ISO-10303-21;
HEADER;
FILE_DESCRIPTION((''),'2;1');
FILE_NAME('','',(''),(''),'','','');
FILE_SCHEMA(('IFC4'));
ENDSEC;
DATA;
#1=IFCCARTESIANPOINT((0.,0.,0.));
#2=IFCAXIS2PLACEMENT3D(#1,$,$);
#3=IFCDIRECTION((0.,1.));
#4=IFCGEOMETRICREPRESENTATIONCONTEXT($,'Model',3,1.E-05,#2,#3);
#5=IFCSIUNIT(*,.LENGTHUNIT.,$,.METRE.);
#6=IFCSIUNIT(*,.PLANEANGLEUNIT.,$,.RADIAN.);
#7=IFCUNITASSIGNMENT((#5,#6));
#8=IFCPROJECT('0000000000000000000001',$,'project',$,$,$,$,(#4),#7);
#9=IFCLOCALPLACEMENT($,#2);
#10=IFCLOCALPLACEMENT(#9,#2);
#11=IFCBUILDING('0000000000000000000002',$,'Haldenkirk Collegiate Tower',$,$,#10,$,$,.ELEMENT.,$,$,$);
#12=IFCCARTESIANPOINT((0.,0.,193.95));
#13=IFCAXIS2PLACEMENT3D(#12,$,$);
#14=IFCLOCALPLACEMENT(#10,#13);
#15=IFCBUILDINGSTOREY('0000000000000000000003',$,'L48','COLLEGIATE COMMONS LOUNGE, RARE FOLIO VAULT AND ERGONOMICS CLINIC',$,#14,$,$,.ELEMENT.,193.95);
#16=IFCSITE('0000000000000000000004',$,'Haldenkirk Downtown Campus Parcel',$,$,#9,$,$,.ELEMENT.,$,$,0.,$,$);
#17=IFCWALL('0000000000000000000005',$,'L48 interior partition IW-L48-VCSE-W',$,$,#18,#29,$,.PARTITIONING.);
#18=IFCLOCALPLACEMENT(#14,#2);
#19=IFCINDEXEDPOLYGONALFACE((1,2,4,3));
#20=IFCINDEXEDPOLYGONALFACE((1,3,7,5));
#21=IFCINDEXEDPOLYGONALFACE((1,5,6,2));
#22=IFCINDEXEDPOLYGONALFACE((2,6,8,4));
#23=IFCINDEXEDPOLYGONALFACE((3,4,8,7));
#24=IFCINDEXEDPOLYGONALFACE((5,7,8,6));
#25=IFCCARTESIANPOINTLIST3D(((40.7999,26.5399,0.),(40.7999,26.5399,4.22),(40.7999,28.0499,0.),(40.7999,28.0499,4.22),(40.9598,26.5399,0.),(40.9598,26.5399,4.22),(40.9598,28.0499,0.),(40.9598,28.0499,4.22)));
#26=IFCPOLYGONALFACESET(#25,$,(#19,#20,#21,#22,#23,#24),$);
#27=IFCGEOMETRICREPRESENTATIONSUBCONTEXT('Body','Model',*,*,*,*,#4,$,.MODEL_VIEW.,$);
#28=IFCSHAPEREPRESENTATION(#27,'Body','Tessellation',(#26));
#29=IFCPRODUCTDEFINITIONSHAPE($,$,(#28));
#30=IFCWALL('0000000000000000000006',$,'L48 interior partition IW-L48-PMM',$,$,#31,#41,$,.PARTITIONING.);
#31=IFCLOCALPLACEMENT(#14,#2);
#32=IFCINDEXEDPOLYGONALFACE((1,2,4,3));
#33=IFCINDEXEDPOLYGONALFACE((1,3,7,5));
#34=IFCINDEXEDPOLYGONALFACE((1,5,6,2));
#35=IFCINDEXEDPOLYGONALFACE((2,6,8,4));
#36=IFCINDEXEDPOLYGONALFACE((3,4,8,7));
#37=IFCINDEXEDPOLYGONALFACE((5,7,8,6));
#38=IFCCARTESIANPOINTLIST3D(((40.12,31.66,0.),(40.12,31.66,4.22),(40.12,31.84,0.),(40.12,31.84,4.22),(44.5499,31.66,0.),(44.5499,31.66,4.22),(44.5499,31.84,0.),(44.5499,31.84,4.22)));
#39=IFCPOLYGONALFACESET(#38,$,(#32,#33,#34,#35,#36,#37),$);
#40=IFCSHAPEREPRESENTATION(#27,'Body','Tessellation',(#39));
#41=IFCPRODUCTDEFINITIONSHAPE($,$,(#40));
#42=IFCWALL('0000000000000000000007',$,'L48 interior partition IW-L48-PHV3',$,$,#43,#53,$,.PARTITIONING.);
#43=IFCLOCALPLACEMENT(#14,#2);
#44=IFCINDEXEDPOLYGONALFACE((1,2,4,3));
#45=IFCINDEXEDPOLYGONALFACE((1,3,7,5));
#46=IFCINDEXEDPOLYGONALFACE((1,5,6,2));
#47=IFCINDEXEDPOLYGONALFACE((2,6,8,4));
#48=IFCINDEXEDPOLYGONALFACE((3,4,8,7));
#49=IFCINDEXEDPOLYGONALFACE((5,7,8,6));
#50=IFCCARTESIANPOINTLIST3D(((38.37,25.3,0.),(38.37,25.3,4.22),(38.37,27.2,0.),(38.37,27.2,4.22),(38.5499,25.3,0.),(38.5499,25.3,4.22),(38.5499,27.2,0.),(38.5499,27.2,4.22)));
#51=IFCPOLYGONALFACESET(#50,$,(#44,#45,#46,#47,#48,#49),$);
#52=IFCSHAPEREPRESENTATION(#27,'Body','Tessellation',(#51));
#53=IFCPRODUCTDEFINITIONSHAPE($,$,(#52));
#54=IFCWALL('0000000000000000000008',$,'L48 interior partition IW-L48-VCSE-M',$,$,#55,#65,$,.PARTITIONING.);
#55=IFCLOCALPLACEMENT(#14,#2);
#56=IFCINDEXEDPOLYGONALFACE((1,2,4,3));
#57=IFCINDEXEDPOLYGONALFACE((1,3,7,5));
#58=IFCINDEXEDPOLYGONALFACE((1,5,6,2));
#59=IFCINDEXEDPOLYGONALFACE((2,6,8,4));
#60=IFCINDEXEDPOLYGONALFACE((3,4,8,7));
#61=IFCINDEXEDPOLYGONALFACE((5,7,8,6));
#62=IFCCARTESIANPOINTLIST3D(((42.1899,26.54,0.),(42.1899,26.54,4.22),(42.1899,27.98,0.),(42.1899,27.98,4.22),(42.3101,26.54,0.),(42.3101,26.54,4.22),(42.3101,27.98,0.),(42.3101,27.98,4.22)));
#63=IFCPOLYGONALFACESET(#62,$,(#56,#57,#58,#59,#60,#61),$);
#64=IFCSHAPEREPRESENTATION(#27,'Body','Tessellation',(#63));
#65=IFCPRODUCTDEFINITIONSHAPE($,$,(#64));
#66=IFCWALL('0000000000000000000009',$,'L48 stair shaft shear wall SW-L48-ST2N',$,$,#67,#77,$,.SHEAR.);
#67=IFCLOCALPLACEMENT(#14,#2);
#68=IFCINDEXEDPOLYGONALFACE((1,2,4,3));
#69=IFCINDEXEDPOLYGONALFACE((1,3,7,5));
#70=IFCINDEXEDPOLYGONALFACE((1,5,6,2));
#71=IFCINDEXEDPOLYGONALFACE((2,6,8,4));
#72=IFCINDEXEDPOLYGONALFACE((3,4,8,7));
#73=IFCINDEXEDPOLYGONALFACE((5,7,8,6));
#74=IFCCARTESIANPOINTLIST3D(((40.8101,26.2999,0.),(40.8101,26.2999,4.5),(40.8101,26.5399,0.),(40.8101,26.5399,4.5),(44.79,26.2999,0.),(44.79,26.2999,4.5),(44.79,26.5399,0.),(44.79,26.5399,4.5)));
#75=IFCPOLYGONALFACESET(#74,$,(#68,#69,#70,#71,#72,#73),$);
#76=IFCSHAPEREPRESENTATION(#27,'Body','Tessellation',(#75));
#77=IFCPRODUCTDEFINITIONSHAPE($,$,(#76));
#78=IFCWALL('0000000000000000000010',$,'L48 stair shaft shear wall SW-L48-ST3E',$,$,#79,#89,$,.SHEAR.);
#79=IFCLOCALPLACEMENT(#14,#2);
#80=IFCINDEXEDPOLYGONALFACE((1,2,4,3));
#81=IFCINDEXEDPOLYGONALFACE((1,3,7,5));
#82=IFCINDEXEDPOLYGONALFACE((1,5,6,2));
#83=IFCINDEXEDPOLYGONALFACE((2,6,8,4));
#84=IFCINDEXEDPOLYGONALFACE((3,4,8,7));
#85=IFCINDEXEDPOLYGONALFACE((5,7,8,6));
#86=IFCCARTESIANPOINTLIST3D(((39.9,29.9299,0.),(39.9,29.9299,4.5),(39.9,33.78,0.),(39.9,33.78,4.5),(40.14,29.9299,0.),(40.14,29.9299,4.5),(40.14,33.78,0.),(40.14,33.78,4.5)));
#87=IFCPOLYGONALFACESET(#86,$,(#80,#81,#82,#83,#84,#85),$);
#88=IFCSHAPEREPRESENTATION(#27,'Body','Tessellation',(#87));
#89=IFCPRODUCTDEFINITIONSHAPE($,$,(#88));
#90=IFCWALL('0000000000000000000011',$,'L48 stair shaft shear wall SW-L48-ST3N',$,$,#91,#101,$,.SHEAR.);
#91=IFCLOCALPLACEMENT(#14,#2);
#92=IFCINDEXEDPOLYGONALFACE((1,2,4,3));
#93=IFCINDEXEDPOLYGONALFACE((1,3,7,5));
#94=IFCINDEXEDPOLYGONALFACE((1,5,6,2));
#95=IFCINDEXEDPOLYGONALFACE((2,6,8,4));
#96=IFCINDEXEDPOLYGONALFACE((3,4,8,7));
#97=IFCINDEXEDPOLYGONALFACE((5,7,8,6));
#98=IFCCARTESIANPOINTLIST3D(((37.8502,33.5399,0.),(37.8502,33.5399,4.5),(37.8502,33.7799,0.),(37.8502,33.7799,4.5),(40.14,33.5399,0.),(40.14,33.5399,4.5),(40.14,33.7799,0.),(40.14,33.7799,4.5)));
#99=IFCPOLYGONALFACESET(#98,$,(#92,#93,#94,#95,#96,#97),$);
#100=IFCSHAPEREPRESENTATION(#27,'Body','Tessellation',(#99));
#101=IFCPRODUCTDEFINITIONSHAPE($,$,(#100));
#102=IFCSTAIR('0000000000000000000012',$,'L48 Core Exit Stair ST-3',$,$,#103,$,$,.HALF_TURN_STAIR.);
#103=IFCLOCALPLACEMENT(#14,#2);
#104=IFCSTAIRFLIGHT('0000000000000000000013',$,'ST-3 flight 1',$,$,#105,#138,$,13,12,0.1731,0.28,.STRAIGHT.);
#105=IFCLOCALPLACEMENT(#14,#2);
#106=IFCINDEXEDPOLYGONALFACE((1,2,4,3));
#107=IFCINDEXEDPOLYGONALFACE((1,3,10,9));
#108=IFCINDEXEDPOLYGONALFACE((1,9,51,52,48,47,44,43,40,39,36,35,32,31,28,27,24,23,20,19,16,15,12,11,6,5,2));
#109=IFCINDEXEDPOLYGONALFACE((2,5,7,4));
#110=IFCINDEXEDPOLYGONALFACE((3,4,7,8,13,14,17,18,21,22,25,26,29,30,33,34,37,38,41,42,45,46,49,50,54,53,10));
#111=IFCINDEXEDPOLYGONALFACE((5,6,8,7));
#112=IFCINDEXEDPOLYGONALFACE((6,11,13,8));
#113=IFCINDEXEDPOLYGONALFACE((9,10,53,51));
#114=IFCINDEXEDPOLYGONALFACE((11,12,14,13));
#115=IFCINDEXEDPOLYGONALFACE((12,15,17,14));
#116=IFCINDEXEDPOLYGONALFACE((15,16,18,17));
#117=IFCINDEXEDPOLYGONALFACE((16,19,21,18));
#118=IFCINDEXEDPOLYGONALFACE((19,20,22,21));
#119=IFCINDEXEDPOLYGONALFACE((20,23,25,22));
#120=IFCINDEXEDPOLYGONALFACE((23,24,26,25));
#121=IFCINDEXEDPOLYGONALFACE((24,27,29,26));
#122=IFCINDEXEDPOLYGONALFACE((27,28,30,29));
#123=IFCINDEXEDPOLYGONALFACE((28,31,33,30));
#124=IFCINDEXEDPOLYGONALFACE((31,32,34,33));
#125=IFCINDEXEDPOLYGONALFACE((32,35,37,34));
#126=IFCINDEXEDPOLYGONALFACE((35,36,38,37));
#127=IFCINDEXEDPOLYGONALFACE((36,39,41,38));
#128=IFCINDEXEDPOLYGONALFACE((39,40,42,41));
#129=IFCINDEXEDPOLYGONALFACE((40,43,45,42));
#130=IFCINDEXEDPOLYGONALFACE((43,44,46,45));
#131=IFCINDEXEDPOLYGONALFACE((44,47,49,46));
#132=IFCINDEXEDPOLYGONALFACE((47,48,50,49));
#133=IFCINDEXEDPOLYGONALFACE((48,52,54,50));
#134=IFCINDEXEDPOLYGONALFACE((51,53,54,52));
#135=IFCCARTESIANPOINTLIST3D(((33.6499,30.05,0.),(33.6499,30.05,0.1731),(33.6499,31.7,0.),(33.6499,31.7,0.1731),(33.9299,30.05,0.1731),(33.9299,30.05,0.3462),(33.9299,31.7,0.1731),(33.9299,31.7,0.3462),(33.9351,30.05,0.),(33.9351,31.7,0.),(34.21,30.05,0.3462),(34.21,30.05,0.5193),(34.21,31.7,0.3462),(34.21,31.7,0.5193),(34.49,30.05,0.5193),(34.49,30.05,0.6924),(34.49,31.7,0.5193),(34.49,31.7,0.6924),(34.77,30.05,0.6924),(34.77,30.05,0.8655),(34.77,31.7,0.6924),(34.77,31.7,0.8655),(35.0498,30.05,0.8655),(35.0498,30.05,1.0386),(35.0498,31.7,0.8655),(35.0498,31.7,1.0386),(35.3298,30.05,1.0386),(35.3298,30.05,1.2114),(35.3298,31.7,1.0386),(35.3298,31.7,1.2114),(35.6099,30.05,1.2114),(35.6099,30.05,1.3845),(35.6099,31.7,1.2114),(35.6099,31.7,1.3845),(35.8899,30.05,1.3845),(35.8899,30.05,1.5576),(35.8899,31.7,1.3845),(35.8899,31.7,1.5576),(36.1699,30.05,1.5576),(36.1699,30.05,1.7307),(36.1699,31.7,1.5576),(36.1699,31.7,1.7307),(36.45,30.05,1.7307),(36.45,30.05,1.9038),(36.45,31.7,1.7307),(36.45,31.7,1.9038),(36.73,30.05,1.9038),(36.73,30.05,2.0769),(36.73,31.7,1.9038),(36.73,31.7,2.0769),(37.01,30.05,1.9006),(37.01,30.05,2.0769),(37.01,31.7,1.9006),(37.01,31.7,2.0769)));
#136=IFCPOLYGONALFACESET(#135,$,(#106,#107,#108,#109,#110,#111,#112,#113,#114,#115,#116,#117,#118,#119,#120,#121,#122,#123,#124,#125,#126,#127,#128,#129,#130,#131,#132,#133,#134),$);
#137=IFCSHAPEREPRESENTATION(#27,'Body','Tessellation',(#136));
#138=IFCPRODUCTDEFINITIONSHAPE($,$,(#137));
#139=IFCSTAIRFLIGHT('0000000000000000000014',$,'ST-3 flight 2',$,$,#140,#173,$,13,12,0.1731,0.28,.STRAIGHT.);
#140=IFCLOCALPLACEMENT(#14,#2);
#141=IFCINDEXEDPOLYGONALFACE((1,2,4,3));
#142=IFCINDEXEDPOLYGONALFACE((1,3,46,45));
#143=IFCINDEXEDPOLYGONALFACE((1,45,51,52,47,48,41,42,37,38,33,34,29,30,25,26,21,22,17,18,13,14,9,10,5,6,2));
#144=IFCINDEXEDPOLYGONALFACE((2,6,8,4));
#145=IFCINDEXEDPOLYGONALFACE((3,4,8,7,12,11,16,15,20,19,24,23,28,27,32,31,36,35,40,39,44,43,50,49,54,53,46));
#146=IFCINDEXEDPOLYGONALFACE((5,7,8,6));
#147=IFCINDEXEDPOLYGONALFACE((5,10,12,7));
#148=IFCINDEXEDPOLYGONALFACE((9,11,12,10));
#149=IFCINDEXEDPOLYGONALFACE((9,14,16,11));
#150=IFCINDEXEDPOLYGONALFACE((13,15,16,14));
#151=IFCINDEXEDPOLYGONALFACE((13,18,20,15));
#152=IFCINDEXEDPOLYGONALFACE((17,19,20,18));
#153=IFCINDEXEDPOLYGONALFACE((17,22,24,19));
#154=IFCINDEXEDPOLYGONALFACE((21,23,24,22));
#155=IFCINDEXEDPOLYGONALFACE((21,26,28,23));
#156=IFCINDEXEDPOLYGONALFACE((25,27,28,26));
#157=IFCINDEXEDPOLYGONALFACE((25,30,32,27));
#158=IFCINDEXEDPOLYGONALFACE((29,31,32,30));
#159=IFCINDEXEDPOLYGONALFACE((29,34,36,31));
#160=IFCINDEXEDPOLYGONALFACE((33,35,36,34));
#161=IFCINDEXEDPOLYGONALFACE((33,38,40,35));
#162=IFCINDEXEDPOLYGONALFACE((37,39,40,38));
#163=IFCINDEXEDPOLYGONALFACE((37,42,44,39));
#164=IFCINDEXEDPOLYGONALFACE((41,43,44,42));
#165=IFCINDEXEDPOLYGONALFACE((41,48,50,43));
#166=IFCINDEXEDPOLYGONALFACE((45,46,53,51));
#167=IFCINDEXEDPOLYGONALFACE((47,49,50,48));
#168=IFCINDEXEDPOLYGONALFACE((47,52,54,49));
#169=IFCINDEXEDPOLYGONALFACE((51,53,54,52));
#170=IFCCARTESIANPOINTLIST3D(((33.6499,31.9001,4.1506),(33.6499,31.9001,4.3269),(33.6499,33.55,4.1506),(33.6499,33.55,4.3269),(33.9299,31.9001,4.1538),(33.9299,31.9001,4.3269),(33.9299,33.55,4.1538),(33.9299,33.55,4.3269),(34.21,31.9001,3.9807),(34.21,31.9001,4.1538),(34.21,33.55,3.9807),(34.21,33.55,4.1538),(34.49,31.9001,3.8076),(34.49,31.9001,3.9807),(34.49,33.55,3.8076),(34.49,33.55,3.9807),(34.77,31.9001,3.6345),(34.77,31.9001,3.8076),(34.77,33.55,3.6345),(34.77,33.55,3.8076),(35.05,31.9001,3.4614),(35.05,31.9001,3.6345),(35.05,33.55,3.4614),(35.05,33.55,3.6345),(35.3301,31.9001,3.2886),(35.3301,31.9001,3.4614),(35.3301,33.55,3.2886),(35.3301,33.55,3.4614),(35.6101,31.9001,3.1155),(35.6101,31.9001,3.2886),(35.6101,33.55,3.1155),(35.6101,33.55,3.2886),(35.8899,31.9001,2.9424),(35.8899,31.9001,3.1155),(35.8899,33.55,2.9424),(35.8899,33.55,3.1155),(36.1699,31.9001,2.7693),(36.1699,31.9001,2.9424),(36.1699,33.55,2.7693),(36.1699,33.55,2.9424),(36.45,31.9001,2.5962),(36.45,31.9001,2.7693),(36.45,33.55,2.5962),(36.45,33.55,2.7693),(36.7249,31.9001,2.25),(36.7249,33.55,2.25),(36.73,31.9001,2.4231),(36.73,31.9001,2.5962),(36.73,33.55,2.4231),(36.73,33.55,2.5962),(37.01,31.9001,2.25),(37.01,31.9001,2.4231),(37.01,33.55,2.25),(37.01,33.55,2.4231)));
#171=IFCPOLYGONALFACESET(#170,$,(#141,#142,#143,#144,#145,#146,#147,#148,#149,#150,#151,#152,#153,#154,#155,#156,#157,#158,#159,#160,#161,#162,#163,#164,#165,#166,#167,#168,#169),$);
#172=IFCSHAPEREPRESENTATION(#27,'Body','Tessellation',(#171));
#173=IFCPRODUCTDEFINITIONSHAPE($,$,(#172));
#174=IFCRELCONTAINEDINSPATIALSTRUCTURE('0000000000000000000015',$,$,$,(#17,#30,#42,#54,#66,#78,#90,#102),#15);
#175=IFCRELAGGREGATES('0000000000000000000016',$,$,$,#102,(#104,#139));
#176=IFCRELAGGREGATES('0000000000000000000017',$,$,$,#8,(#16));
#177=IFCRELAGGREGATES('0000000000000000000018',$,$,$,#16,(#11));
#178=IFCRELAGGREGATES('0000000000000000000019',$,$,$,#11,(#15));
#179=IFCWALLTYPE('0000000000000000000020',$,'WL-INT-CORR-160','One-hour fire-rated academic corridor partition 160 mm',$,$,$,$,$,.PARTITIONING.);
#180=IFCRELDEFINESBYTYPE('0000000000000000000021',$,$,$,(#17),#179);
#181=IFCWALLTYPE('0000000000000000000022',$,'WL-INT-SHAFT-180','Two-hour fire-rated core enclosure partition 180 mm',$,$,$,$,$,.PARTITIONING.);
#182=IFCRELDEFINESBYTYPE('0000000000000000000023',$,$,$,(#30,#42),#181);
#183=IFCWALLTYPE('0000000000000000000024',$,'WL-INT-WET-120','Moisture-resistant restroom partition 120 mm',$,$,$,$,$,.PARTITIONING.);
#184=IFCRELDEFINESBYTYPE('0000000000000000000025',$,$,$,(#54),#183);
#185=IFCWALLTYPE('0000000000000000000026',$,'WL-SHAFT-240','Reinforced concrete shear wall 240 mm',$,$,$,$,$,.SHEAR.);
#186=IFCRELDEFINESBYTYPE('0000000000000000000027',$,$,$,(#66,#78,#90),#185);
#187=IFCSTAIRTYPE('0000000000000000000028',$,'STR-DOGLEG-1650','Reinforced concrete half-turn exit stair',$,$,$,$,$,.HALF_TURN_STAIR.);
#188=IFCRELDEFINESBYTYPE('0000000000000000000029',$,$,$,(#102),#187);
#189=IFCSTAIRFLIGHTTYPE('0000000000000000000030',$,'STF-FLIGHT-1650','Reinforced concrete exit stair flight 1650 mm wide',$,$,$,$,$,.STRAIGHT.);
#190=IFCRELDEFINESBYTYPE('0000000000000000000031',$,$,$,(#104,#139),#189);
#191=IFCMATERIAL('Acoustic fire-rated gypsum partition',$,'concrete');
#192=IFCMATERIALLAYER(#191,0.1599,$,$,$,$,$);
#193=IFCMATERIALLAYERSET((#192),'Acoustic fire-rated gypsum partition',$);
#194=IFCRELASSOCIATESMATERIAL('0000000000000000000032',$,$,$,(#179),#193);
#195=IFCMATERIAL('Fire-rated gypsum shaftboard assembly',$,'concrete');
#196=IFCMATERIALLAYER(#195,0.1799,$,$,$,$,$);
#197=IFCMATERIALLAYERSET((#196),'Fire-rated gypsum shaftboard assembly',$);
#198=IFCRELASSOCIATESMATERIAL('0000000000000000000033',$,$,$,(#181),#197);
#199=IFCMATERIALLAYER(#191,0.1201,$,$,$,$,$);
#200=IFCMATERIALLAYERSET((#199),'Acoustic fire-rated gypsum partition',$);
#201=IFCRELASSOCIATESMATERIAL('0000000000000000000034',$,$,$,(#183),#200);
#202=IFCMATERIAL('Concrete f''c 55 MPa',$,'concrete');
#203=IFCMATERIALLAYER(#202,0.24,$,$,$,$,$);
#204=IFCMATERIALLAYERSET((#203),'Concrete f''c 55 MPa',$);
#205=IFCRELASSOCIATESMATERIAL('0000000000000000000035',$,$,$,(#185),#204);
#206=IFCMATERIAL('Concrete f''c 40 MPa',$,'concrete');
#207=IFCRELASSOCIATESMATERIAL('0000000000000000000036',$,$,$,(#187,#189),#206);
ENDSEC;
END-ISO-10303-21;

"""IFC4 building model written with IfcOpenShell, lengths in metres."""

from ifc_helpers import new_model, si_unit, direction, frame, frame_2d, origin, place, context, subcontext, project, spatial, polyline, rectangle, outline, extrude, material, layer, layer_set, type_object, element, aggregate, save


model = new_model("IFC4")

# Units and contexts
model_context = context("Model", 3, precision=1e-05, world=origin(), true_north=direction((0.0, 1.0)))
body_context = subcontext(model_context, "Body", "Model", "MODEL_VIEW")
ifc_project = project(units=[si_unit("LENGTHUNIT", "METRE"), si_unit("PLANEANGLEUNIT", "RADIAN")], contexts=[model_context])

# Site, building, storey
site_placement = place(None, origin())
site = spatial("IfcSite", under=ifc_project, at=site_placement, Name="Haldenkirk Downtown Campus Parcel", CompositionType="ELEMENT", RefElevation=0.0)
building_placement = place(site_placement, origin())
building = spatial("IfcBuilding", under=site, at=building_placement, Name="Haldenkirk Collegiate Tower", CompositionType="ELEMENT")
storey_placement = place(building_placement, frame((0.0, 0.0, 193.95)))
storey = spatial("IfcBuildingStorey", under=building, at=storey_placement, Name="L48", Description="COLLEGIATE COMMONS LOUNGE, RARE FOLIO VAULT AND ERGONOMICS CLINIC", CompositionType="ELEMENT", Elevation=193.95)

# Shared definitions
ifc_material_1 = material(Name="Acoustic fire-rated gypsum partition", Category="concrete")
ifc_layer_1 = layer(ifc_material_1, 0.1599)
ifc_layer_set_1 = layer_set([ifc_layer_1], Name="Acoustic fire-rated gypsum partition")
wall_type_1 = type_object("IfcWallType", Name="WL-INT-CORR-160", Description="One-hour fire-rated academic corridor partition 160 mm", PredefinedType="PARTITIONING", material=ifc_layer_set_1)

# Wall
wall_1_placement = place(storey_placement, frame((40.8799, 26.54, 0.0), z_axis=(0.0, 0.0, 1.0), x_axis=(0.0, 1.0, 0.0)))
element("IfcWall", 1, at=wall_1_placement, inside=storey, type_object=wall_type_1, Name="L48 interior partition IW-L48-VCSE-W", PredefinedType="PARTITIONING", context=body_context, shape_type="SweptSolid", body=[
    extrude(rectangle(XDim=1.51, YDim=0.1599, at=frame_2d((0.7549, 0.0))), origin(), (0.0, 0.0, 1.0), 4.22),
])

# Shared definitions
ifc_material_2 = material(Name="Fire-rated gypsum shaftboard assembly", Category="concrete")
ifc_layer_2 = layer(ifc_material_2, 0.1799)
ifc_layer_set_2 = layer_set([ifc_layer_2], Name="Fire-rated gypsum shaftboard assembly")
wall_type_2 = type_object("IfcWallType", Name="WL-INT-SHAFT-180", Description="Two-hour fire-rated core enclosure partition 180 mm", PredefinedType="PARTITIONING", material=ifc_layer_set_2)

# Walls
wall_2_placement = place(storey_placement, frame((40.1201, 31.75, 0.0), z_axis=(0.0, 0.0, 1.0), x_axis=(1.0, 0.0, 0.0)))
element("IfcWall", 2, at=wall_2_placement, inside=storey, type_object=wall_type_2, Name="L48 interior partition IW-L48-PMM", PredefinedType="PARTITIONING", context=body_context, shape_type="SweptSolid", body=[
    extrude(rectangle(XDim=4.4299, YDim=0.1799, at=frame_2d((2.2148, 0.0))), origin(), (0.0, 0.0, 1.0), 4.22),
])
wall_3_placement = place(storey_placement, frame((38.46, 25.3, 0.0), z_axis=(0.0, 0.0, 1.0), x_axis=(0.0, 1.0, 0.0)))
element("IfcWall", 3, at=wall_3_placement, inside=storey, type_object=wall_type_2, Name="L48 interior partition IW-L48-PHV3", PredefinedType="PARTITIONING", context=body_context, shape_type="SweptSolid", body=[
    extrude(rectangle(XDim=1.8999, YDim=0.1799, at=frame_2d((0.95, 0.0))), origin(), (0.0, 0.0, 1.0), 4.22),
])
ifc_layer_3 = layer(ifc_material_1, 0.1201)
ifc_layer_set_3 = layer_set([ifc_layer_3], Name="Acoustic fire-rated gypsum partition")
wall_type_3 = type_object("IfcWallType", Name="WL-INT-WET-120", Description="Moisture-resistant restroom partition 120 mm", PredefinedType="PARTITIONING", material=ifc_layer_set_3)
wall_4_placement = place(storey_placement, frame((42.25, 26.54, 0.0), z_axis=(0.0, 0.0, 1.0), x_axis=(0.0, 1.0, 0.0)))
element("IfcWall", 4, at=wall_4_placement, inside=storey, type_object=wall_type_3, Name="L48 interior partition IW-L48-VCSE-M", PredefinedType="PARTITIONING", context=body_context, shape_type="SweptSolid", body=[
    extrude(rectangle(XDim=1.4399, YDim=0.1201, at=frame_2d((0.72, 0.0))), origin(), (0.0, 0.0, 1.0), 4.22),
])
ifc_material_3 = material(Name="Concrete f'c 55 MPa", Category="concrete")
ifc_layer_4 = layer(ifc_material_3, 0.24)
ifc_layer_set_4 = layer_set([ifc_layer_4], Name="Concrete f'c 55 MPa")
wall_type_4 = type_object("IfcWallType", Name="WL-SHAFT-240", Description="Reinforced concrete shear wall 240 mm", PredefinedType="SHEAR", material=ifc_layer_set_4)
wall_5_placement = place(storey_placement, frame((40.8101, 26.4199, 0.0), z_axis=(0.0, 0.0, 1.0), x_axis=(1.0, 0.0, 0.0)))
element("IfcWall", 5, at=wall_5_placement, inside=storey, type_object=wall_type_4, Name="L48 stair shaft shear wall SW-L48-ST2N", PredefinedType="SHEAR", context=body_context, shape_type="SweptSolid", body=[
    extrude(rectangle(XDim=3.98, YDim=0.24, at=frame_2d((1.99, 0.0))), origin(), (0.0, 0.0, 1.0), 4.5),
])
wall_6_placement = place(storey_placement, frame((40.02, 29.9299, 0.0), z_axis=(0.0, 0.0, 1.0), x_axis=(0.0, 1.0, 0.0)))
element("IfcWall", 6, at=wall_6_placement, inside=storey, type_object=wall_type_4, Name="L48 stair shaft shear wall SW-L48-ST3E", PredefinedType="SHEAR", context=body_context, shape_type="SweptSolid", body=[
    extrude(rectangle(XDim=3.8501, YDim=0.24, at=frame_2d((1.925, 0.0))), origin(), (0.0, 0.0, 1.0), 4.5),
])
wall_7_placement = place(storey_placement, frame((37.8501, 33.6599, 0.0), z_axis=(0.0, 0.0, 1.0), x_axis=(1.0, 0.0, 0.0)))
element("IfcWall", 7, at=wall_7_placement, inside=storey, type_object=wall_type_4, Name="L48 stair shaft shear wall SW-L48-ST3N", PredefinedType="SHEAR", context=body_context, shape_type="SweptSolid", body=[
    extrude(rectangle(XDim=2.2898, YDim=0.24, at=frame_2d((1.145, 0.0))), origin(), (0.0, 0.0, 1.0), 4.5),
])

# Stair, stair flights
ifc_material_4 = material(Name="Concrete f'c 40 MPa", Category="concrete")
stair_type = type_object("IfcStairType", Name="STR-DOGLEG-1650", Description="Reinforced concrete half-turn exit stair", PredefinedType="HALF_TURN_STAIR", material=ifc_material_4)
stair_placement = place(storey_placement, origin())
stair = element("IfcStair", 8, at=stair_placement, inside=storey, type_object=stair_type, Name="L48 Core Exit Stair ST-3", PredefinedType="HALF_TURN_STAIR")
stair_flight_type = type_object("IfcStairFlightType", Name="STF-FLIGHT-1650", Description="Reinforced concrete exit stair flight 1650 mm wide", PredefinedType="STRAIGHT", material=ifc_material_4)
stair_flight_1_placement = place(storey_placement, frame((33.6499, 30.875, 0.0), z_axis=(0.0, 0.0, 1.0), x_axis=(1.0, 0.0, 0.0)))
stair_flight_1 = element("IfcStairFlight", 9, at=stair_flight_1_placement, type_object=stair_flight_type, Name="ST-3 flight 1", NumberOfRisers=13, NumberOfTreads=12, PredefinedType="STRAIGHT", RiserHeight=0.1731, TreadLength=0.28, context=body_context, shape_type="SweptSolid", body=[
    extrude(outline(polyline([(0.0, 0.0), (0.0, 0.1731), (0.28, 0.1731), (0.28, 0.3462), (0.5601, 0.3462), (0.5601, 0.5193), (0.8401, 0.5193), (0.8401, 0.6924), (1.1201, 0.6924), (1.1201, 0.8655), (1.3999, 0.8655), (1.3999, 1.0386), (1.6799, 1.0386), (1.6799, 1.2114), (1.96, 1.2114), (1.96, 1.3845), (2.24, 1.3845), (2.24, 1.5576), (2.52, 1.5576), (2.52, 1.7307), (2.8, 1.7307), (2.8, 1.9038), (3.0801, 1.9038), (3.0801, 2.0769), (3.3601, 2.0769), (3.3601, 2.25), (3.3601, 1.9006), (0.2852, 0.0), (0.0, 0.0)])), frame((0.0, 0.825, 0.0), z_axis=(0.0, -1.0, 0.0), x_axis=(1.0, 0.0, 0.0)), (0.0, 0.0, 1.0), 1.6499),
])
stair_flight_2_placement = place(storey_placement, frame((37.01, 32.7251, 2.25), z_axis=(0.0, 0.0, 1.0), x_axis=(-1.0, 0.0, 0.0)))
stair_flight_2 = element("IfcStairFlight", 10, at=stair_flight_2_placement, type_object=stair_flight_type, Name="ST-3 flight 2", NumberOfRisers=13, NumberOfTreads=12, PredefinedType="STRAIGHT", RiserHeight=0.1731, TreadLength=0.28, context=body_context, shape_type="SweptSolid", body=[
    extrude(outline(polyline([(0.0, 0.0), (0.0, 0.1731), (0.28, 0.1731), (0.28, 0.3462), (0.5601, 0.3462), (0.5601, 0.5193), (0.8401, 0.5193), (0.8401, 0.6924), (1.1201, 0.6924), (1.1201, 0.8655), (1.3999, 0.8655), (1.3999, 1.0386), (1.6799, 1.0386), (1.6799, 1.2114), (1.96, 1.2114), (1.96, 1.3845), (2.24, 1.3845), (2.24, 1.5576), (2.52, 1.5576), (2.52, 1.7307), (2.8, 1.7307), (2.8, 1.9038), (3.0801, 1.9038), (3.0801, 2.0769), (3.3601, 2.0769), (3.3601, 2.25), (3.3601, 1.9006), (0.2852, 0.0), (0.0, 0.0)])), frame((0.0, 0.825, 0.0), z_axis=(0.0, -1.0, 0.0), x_axis=(1.0, 0.0, 0.0)), (0.0, 0.0, 1.0), 1.6499),
])
aggregate(stair, [stair_flight_1, stair_flight_2])

save(model, "model.ifc")
